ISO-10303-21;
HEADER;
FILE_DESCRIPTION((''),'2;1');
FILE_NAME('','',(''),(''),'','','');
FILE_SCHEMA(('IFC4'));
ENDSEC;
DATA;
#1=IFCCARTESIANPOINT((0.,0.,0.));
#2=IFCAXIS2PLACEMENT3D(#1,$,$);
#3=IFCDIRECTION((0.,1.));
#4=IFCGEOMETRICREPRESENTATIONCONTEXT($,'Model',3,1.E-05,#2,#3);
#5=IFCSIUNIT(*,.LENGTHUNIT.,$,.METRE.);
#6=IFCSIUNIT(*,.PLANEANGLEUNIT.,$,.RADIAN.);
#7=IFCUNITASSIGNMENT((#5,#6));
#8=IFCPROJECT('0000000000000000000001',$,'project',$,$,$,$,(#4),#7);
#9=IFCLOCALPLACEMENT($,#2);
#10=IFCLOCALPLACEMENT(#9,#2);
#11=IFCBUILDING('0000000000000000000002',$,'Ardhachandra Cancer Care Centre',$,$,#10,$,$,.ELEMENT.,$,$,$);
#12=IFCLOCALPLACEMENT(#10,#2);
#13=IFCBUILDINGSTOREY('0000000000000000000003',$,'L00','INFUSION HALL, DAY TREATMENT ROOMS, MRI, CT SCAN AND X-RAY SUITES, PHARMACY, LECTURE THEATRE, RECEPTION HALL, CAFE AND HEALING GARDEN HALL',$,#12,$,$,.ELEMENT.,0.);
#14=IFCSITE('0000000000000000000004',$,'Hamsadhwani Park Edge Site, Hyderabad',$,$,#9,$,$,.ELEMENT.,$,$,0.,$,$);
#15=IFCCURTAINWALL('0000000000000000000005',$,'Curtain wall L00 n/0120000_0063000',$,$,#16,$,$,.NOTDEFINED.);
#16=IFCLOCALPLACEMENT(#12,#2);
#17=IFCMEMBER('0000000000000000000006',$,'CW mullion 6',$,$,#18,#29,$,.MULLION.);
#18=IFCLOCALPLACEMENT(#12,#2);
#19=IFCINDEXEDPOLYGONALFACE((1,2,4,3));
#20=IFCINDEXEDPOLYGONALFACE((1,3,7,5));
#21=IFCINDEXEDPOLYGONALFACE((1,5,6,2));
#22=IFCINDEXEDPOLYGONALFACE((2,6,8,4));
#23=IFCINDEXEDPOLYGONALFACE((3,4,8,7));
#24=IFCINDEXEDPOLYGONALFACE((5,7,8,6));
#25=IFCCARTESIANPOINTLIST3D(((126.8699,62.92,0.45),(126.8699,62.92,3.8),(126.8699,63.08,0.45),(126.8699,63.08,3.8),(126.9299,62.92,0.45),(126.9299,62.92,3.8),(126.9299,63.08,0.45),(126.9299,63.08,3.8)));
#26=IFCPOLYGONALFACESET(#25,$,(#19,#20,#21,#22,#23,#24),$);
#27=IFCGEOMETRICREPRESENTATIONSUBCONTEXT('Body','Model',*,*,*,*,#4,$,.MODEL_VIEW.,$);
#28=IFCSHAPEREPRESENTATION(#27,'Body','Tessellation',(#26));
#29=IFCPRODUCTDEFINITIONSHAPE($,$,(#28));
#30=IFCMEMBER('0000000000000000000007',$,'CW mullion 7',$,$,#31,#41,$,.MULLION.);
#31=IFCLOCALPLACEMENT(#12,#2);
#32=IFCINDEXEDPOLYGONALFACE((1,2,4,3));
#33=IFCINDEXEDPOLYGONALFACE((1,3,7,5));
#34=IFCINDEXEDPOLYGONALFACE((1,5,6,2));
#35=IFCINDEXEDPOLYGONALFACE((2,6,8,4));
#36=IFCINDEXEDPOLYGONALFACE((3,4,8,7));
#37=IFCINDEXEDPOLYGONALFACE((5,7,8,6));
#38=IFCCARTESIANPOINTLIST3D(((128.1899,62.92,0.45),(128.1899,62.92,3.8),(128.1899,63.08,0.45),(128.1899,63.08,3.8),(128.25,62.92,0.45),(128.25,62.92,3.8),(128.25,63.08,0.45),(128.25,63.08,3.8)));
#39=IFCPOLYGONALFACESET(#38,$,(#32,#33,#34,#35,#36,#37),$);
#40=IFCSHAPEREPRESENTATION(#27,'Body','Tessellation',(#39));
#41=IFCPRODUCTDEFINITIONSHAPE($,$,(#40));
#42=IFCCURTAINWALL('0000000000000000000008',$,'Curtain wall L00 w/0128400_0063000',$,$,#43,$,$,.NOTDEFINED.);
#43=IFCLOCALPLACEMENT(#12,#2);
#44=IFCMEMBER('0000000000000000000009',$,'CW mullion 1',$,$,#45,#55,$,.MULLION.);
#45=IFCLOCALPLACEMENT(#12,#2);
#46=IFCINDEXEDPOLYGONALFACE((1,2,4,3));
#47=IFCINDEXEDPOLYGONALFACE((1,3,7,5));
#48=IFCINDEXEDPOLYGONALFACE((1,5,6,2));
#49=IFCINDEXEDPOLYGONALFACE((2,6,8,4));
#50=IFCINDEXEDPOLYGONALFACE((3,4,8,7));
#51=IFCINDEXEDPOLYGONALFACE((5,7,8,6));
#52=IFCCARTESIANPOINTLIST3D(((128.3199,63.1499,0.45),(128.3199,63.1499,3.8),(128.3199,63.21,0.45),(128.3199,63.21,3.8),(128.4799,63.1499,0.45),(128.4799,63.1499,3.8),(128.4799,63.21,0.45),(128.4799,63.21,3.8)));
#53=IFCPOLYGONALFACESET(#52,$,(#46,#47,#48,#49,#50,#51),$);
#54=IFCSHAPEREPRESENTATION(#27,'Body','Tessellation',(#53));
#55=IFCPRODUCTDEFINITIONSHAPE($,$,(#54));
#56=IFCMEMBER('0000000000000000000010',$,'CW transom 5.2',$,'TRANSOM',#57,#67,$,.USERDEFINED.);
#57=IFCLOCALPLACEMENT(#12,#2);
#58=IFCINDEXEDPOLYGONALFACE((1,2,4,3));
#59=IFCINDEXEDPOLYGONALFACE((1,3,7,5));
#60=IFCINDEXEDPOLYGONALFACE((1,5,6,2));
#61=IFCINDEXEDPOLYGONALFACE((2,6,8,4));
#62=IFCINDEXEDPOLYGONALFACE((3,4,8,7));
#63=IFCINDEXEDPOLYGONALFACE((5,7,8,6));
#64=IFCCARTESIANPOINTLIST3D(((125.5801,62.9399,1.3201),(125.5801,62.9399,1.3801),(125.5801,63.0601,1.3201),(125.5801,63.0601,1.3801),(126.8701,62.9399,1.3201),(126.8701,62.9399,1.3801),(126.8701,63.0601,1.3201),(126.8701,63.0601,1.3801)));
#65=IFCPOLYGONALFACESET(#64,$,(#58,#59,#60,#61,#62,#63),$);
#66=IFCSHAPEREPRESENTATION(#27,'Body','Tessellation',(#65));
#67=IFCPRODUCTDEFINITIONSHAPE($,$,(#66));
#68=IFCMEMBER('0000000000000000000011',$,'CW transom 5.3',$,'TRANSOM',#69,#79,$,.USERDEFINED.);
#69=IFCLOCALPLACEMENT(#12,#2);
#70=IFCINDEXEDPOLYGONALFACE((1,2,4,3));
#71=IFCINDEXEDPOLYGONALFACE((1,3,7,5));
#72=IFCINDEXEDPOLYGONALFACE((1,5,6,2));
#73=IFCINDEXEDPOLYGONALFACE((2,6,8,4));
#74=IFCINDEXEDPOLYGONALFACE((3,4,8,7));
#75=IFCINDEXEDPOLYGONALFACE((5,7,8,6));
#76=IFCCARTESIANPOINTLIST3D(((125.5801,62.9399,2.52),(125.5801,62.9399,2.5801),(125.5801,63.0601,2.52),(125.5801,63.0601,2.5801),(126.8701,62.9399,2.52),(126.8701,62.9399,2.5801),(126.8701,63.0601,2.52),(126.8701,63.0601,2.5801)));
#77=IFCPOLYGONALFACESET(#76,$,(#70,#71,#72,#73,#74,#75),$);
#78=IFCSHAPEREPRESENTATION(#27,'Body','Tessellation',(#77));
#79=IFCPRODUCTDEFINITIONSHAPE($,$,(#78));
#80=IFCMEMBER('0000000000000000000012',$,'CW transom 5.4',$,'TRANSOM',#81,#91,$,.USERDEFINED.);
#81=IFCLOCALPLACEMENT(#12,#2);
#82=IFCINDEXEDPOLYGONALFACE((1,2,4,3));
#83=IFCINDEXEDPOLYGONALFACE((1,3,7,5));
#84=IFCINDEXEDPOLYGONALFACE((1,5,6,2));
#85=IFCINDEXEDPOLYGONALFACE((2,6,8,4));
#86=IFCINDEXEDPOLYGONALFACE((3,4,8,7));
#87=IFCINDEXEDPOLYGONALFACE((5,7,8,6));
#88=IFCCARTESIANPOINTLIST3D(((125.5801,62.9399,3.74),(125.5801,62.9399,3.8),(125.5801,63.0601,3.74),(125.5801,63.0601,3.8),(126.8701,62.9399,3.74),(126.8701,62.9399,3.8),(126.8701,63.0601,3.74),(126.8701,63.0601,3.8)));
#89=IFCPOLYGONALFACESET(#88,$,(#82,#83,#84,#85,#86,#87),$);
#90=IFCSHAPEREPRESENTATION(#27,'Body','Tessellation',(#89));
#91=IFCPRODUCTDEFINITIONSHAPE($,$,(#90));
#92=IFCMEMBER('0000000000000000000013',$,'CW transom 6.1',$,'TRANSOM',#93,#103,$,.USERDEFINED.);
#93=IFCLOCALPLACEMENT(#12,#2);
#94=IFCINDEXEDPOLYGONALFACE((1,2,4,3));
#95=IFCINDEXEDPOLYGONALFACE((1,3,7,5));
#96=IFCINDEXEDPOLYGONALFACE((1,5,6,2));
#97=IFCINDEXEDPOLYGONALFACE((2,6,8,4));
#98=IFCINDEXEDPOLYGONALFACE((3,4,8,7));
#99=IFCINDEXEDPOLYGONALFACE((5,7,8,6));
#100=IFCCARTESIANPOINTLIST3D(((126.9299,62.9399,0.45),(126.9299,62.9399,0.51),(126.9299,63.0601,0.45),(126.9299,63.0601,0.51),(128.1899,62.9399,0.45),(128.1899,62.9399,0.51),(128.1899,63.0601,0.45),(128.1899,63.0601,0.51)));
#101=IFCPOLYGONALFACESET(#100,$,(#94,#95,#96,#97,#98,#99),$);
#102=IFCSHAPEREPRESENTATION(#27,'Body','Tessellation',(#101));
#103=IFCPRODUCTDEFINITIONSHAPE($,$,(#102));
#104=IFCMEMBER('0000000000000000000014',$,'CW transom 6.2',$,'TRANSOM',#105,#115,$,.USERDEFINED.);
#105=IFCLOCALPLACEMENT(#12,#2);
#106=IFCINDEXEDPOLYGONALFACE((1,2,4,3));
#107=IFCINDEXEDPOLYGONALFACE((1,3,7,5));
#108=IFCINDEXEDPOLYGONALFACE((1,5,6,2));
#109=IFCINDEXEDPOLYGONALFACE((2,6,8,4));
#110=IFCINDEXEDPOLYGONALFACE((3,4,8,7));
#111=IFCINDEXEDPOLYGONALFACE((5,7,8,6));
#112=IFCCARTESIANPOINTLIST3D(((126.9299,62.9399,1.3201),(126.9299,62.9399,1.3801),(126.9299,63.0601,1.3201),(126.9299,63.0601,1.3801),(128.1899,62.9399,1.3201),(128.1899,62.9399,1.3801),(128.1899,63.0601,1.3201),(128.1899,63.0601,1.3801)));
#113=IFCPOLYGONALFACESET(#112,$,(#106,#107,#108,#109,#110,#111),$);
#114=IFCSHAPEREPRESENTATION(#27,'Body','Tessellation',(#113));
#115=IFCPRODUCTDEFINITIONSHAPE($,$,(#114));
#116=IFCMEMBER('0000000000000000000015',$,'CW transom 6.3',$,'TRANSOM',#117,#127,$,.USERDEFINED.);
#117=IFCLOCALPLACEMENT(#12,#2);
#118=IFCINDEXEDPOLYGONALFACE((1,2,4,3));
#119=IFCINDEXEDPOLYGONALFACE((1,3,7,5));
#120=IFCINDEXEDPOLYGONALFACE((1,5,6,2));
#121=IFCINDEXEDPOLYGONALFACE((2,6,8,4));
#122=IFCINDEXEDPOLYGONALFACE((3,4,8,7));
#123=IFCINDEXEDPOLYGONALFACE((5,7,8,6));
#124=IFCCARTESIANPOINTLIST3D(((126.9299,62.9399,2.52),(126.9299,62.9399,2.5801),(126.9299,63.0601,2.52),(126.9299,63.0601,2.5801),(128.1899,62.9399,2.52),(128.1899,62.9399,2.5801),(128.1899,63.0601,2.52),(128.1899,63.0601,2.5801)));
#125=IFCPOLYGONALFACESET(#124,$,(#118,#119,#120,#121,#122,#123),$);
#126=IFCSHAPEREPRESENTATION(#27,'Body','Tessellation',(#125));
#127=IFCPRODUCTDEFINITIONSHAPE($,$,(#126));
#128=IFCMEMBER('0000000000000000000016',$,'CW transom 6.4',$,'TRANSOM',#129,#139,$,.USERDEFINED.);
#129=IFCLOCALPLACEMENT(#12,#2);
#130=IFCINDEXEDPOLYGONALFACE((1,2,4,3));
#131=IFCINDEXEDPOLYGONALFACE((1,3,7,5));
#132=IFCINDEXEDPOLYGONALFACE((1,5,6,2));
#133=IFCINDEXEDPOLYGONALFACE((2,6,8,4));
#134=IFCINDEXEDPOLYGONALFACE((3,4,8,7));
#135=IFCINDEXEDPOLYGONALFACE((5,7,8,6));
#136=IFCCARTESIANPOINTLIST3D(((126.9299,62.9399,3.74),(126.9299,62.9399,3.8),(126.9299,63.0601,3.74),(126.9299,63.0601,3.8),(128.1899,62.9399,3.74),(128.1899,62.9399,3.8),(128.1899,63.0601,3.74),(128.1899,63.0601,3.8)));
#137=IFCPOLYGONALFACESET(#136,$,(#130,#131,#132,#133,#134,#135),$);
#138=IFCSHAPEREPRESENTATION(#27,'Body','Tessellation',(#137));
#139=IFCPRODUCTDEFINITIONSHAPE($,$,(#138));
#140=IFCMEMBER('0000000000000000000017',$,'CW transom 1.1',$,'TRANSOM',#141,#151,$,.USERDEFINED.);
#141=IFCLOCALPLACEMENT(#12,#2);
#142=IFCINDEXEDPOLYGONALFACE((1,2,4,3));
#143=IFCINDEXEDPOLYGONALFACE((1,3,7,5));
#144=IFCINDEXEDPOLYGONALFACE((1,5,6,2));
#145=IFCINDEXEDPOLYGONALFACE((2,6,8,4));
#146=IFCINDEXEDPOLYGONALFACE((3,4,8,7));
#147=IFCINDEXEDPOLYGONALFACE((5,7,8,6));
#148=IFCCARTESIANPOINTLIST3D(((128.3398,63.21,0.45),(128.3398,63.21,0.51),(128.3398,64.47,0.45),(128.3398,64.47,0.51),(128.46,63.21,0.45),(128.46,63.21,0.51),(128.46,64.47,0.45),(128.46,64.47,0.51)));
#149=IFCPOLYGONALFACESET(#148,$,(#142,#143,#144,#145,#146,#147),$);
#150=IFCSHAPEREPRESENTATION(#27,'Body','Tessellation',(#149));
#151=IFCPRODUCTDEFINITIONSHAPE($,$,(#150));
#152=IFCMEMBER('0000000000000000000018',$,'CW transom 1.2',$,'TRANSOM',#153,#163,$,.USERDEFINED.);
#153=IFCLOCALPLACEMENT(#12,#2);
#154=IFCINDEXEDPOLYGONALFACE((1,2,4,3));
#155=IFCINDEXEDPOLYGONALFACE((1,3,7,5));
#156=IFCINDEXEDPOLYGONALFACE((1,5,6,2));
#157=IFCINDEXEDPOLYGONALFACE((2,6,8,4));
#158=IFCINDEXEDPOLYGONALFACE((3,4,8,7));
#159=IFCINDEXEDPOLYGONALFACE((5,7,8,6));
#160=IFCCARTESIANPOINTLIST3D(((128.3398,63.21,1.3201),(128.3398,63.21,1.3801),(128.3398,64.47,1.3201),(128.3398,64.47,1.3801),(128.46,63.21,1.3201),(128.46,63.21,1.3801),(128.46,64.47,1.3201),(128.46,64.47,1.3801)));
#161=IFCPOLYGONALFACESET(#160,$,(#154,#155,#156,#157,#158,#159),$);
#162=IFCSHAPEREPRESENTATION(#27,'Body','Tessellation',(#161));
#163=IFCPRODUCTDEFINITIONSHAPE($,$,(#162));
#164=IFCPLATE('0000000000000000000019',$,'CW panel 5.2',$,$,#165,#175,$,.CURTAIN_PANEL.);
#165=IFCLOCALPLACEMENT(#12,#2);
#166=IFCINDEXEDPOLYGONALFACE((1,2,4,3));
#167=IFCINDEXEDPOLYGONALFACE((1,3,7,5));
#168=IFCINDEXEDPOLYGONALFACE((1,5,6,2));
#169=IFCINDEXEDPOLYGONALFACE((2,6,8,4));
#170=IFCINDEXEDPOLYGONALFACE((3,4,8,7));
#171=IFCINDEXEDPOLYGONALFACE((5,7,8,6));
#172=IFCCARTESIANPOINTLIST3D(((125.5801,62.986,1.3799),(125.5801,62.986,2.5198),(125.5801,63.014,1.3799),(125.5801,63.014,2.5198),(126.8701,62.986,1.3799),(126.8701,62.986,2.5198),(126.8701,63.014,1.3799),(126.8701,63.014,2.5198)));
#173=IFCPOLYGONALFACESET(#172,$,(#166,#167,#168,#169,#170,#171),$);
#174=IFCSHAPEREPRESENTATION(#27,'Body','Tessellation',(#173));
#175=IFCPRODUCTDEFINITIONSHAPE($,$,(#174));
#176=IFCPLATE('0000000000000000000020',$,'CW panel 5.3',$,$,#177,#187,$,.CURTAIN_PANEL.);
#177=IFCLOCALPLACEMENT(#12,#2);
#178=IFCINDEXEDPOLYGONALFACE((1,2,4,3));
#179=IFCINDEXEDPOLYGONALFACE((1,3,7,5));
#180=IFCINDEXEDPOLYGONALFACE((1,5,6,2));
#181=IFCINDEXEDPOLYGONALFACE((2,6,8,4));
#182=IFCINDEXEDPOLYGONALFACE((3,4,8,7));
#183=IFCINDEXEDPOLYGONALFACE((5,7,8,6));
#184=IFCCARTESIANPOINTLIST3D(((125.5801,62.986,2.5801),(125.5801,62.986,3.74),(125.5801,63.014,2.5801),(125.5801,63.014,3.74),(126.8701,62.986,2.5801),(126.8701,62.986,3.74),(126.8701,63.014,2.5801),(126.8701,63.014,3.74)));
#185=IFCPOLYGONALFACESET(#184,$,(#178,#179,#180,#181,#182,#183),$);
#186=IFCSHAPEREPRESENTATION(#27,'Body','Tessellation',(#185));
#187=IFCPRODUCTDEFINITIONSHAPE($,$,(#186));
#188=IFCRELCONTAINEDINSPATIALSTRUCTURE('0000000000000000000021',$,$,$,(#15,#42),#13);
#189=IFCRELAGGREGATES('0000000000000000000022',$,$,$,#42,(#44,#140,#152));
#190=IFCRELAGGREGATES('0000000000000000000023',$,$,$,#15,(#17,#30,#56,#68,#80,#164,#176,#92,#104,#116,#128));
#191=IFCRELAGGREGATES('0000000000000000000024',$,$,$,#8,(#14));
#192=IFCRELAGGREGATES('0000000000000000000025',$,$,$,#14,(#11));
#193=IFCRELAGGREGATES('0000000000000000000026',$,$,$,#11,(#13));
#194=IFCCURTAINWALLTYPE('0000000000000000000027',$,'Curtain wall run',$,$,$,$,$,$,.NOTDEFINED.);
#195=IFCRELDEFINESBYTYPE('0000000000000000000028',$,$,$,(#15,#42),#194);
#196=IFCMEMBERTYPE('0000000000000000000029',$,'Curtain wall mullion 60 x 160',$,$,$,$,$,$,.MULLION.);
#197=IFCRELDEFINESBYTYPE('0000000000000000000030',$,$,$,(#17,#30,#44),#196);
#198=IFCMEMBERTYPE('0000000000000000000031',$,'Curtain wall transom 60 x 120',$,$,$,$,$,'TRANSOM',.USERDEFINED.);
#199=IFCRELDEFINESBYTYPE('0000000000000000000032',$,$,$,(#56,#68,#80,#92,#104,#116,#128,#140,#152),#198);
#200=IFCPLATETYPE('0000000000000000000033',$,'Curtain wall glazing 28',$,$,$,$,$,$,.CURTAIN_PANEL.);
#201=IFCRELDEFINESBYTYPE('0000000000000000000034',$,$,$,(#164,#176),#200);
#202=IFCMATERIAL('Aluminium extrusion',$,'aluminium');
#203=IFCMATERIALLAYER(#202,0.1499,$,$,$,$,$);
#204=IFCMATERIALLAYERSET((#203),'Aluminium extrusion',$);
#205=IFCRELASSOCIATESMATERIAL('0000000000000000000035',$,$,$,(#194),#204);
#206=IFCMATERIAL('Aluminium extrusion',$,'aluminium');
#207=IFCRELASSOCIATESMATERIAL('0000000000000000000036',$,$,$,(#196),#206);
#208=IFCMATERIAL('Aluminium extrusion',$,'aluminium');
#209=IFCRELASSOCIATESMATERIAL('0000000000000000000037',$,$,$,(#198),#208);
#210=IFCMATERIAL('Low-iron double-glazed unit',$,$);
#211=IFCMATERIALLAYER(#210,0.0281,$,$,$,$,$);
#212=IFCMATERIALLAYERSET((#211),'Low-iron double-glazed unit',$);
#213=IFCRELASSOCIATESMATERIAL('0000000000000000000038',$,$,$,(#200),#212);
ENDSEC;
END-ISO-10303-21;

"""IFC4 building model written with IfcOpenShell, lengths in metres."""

from ifc_helpers import new_model, si_unit, direction, frame, origin, origin_2d, place, context, subcontext, project, spatial, rectangle, extrude, material, layer, layer_set, material_profile, profile_set, type_object, element, aggregate, save


model = new_model("IFC4")

# Units and contexts
model_context = context("Model", 3, precision=1e-05, world=origin(), true_north=direction((0.0, 1.0)))
body_context = subcontext(model_context, "Body", "Model", "MODEL_VIEW")
ifc_project = project(units=[si_unit("LENGTHUNIT", "METRE"), si_unit("PLANEANGLEUNIT", "RADIAN")], contexts=[model_context])

# Site, building, storey
site_placement = place(None, origin())
site = spatial("IfcSite", under=ifc_project, at=site_placement, Name="Hamsadhwani Park Edge Site, Hyderabad", CompositionType="ELEMENT", RefElevation=0.0)
building_placement = place(site_placement, origin())
building = spatial("IfcBuilding", under=site, at=building_placement, Name="Ardhachandra Cancer Care Centre", CompositionType="ELEMENT")
storey_placement = place(building_placement, origin())
storey = spatial("IfcBuildingStorey", under=building, at=storey_placement, Name="L00", Description="INFUSION HALL, DAY TREATMENT ROOMS, MRI, CT SCAN AND X-RAY SUITES, PHARMACY, LECTURE THEATRE, RECEPTION HALL, CAFE AND HEALING GARDEN HALL", CompositionType="ELEMENT", Elevation=0.0)

# Curtain wall, members
ifc_material_1 = material(Name="Aluminium extrusion", Category="aluminium")
ifc_layer_1 = layer(ifc_material_1, 0.1499)
ifc_layer_set_1 = layer_set([ifc_layer_1], Name="Aluminium extrusion")
curtain_wall_type = type_object("IfcCurtainWallType", Name="Curtain wall run", PredefinedType="NOTDEFINED", material=ifc_layer_set_1)
curtain_wall_1_placement = place(storey_placement, origin())
curtain_wall_1 = element("IfcCurtainWall", 1, at=curtain_wall_1_placement, inside=storey, type_object=curtain_wall_type, Name="Curtain wall L00 n/0120000_0063000", PredefinedType="NOTDEFINED")
ifc_material_2 = material(Name="Aluminium extrusion", Category="aluminium")
ifc_material_profile_1 = material_profile(ifc_material_2, rectangle(XDim=0.1599, YDim=0.0601, at=origin_2d()), Name="Curtain wall mullion 60 x 160")
ifc_profile_set_1 = profile_set([ifc_material_profile_1], Name="Aluminium extrusion")
member_type_1 = type_object("IfcMemberType", Name="Curtain wall mullion 60 x 160", PredefinedType="MULLION", material=ifc_profile_set_1)
member_1_placement = place(storey_placement, frame((126.8999, 63.0, 0.45), z_axis=(0.0, 0.0, 1.0), x_axis=(0.0, 1.0, 0.0)))
member_1 = element("IfcMember", 2, at=member_1_placement, type_object=member_type_1, Name="CW mullion 6", PredefinedType="MULLION", context=body_context, shape_type="SweptSolid", body=[
    extrude(rectangle(XDim=0.1599, YDim=0.0601, at=origin_2d()), origin(), (0.0, 0.0, 1.0), 3.3501),
])
member_2_placement = place(storey_placement, frame((128.22, 63.0, 0.45), z_axis=(0.0, 0.0, 1.0), x_axis=(0.0, 1.0, 0.0)))
member_2 = element("IfcMember", 3, at=member_2_placement, type_object=member_type_1, Name="CW mullion 7", PredefinedType="MULLION", context=body_context, shape_type="SweptSolid", body=[
    extrude(rectangle(XDim=0.1599, YDim=0.0601, at=origin_2d()), origin(), (0.0, 0.0, 1.0), 3.3501),
])

# Curtain wall, member
curtain_wall_2_placement = place(storey_placement, origin())
curtain_wall_2 = element("IfcCurtainWall", 4, at=curtain_wall_2_placement, inside=storey, type_object=curtain_wall_type, Name="Curtain wall L00 w/0128400_0063000", PredefinedType="NOTDEFINED")
member_3_placement = place(storey_placement, frame((128.3999, 63.1799, 0.45), z_axis=(0.0, 0.0, 1.0), x_axis=(-1.0, 0.0, 0.0)))
member_3 = element("IfcMember", 5, at=member_3_placement, type_object=member_type_1, Name="CW mullion 1", PredefinedType="MULLION", context=body_context, shape_type="SweptSolid", body=[
    extrude(rectangle(XDim=0.1599, YDim=0.0601, at=origin_2d()), origin(), (0.0, 0.0, 1.0), 3.3501),
])

# Members
ifc_material_3 = material(Name="Aluminium extrusion", Category="aluminium")
ifc_material_profile_2 = material_profile(ifc_material_3, rectangle(XDim=0.1201, YDim=0.0601, at=origin_2d()), Name="Curtain wall transom 60 x 120")
ifc_profile_set_2 = profile_set([ifc_material_profile_2], Name="Aluminium extrusion")
member_type_2 = type_object("IfcMemberType", Name="Curtain wall transom 60 x 120", ElementType="TRANSOM", PredefinedType="USERDEFINED", material=ifc_profile_set_2)
member_4_placement = place(storey_placement, frame((125.5801, 63.0, 1.3501), z_axis=(1.0, 0.0, 0.0), x_axis=(0.0, 1.0, 0.0)))
member_4 = element("IfcMember", 6, at=member_4_placement, type_object=member_type_2, Name="CW transom 5.2", ObjectType="TRANSOM", PredefinedType="USERDEFINED", context=body_context, shape_type="SweptSolid", body=[
    extrude(rectangle(XDim=0.1201, YDim=0.0601, at=origin_2d()), origin(), (0.0, 0.0, 1.0), 1.29),
])
member_5_placement = place(storey_placement, frame((125.5801, 63.0, 2.55), z_axis=(1.0, 0.0, 0.0), x_axis=(0.0, 1.0, 0.0)))
member_5 = element("IfcMember", 7, at=member_5_placement, type_object=member_type_2, Name="CW transom 5.3", ObjectType="TRANSOM", PredefinedType="USERDEFINED", context=body_context, shape_type="SweptSolid", body=[
    extrude(rectangle(XDim=0.1201, YDim=0.0601, at=origin_2d()), origin(), (0.0, 0.0, 1.0), 1.29),
])
member_6_placement = place(storey_placement, frame((125.5801, 63.0, 3.77), z_axis=(1.0, 0.0, 0.0), x_axis=(0.0, 1.0, 0.0)))
member_6 = element("IfcMember", 8, at=member_6_placement, type_object=member_type_2, Name="CW transom 5.4", ObjectType="TRANSOM", PredefinedType="USERDEFINED", context=body_context, shape_type="SweptSolid", body=[
    extrude(rectangle(XDim=0.1201, YDim=0.0601, at=origin_2d()), origin(), (0.0, 0.0, 1.0), 1.29),
])
member_7_placement = place(storey_placement, frame((126.9299, 63.0, 0.48), z_axis=(1.0, 0.0, 0.0), x_axis=(0.0, 1.0, 0.0)))
member_7 = element("IfcMember", 9, at=member_7_placement, type_object=member_type_2, Name="CW transom 6.1", ObjectType="TRANSOM", PredefinedType="USERDEFINED", context=body_context, shape_type="SweptSolid", body=[
    extrude(rectangle(XDim=0.1201, YDim=0.0601, at=origin_2d()), origin(), (0.0, 0.0, 1.0), 1.26),
])
member_8_placement = place(storey_placement, frame((126.9299, 63.0, 1.3501), z_axis=(1.0, 0.0, 0.0), x_axis=(0.0, 1.0, 0.0)))
member_8 = element("IfcMember", 10, at=member_8_placement, type_object=member_type_2, Name="CW transom 6.2", ObjectType="TRANSOM", PredefinedType="USERDEFINED", context=body_context, shape_type="SweptSolid", body=[
    extrude(rectangle(XDim=0.1201, YDim=0.0601, at=origin_2d()), origin(), (0.0, 0.0, 1.0), 1.26),
])
member_9_placement = place(storey_placement, frame((126.9299, 63.0, 2.55), z_axis=(1.0, 0.0, 0.0), x_axis=(0.0, 1.0, 0.0)))
member_9 = element("IfcMember", 11, at=member_9_placement, type_object=member_type_2, Name="CW transom 6.3", ObjectType="TRANSOM", PredefinedType="USERDEFINED", context=body_context, shape_type="SweptSolid", body=[
    extrude(rectangle(XDim=0.1201, YDim=0.0601, at=origin_2d()), origin(), (0.0, 0.0, 1.0), 1.26),
])
member_10_placement = place(storey_placement, frame((126.9299, 63.0, 3.77), z_axis=(1.0, 0.0, 0.0), x_axis=(0.0, 1.0, 0.0)))
member_10 = element("IfcMember", 12, at=member_10_placement, type_object=member_type_2, Name="CW transom 6.4", ObjectType="TRANSOM", PredefinedType="USERDEFINED", context=body_context, shape_type="SweptSolid", body=[
    extrude(rectangle(XDim=0.1201, YDim=0.0601, at=origin_2d()), origin(), (0.0, 0.0, 1.0), 1.26),
])
member_11_placement = place(storey_placement, frame((128.3999, 63.21, 0.48), z_axis=(0.0, 1.0, 0.0), x_axis=(-1.0, 0.0, 0.0)))
member_11 = element("IfcMember", 13, at=member_11_placement, type_object=member_type_2, Name="CW transom 1.1", ObjectType="TRANSOM", PredefinedType="USERDEFINED", context=body_context, shape_type="SweptSolid", body=[
    extrude(rectangle(XDim=0.1201, YDim=0.0601, at=origin_2d()), origin(), (0.0, 0.0, 1.0), 1.26),
])
member_12_placement = place(storey_placement, frame((128.3999, 63.21, 1.3501), z_axis=(0.0, 1.0, 0.0), x_axis=(-1.0, 0.0, 0.0)))
member_12 = element("IfcMember", 14, at=member_12_placement, type_object=member_type_2, Name="CW transom 1.2", ObjectType="TRANSOM", PredefinedType="USERDEFINED", context=body_context, shape_type="SweptSolid", body=[
    extrude(rectangle(XDim=0.1201, YDim=0.0601, at=origin_2d()), origin(), (0.0, 0.0, 1.0), 1.26),
])
aggregate(curtain_wall_2, [member_3, member_11, member_12])

# Plates
ifc_material_4 = material(Name="Low-iron double-glazed unit")
ifc_layer_2 = layer(ifc_material_4, 0.0281)
ifc_layer_set_2 = layer_set([ifc_layer_2], Name="Low-iron double-glazed unit")
plate_type_1 = type_object("IfcPlateType", Name="Curtain wall glazing 28", PredefinedType="CURTAIN_PANEL", material=ifc_layer_set_2)
plate_1_placement = place(storey_placement, frame((126.2251, 63.0, 1.3799), z_axis=(0.0, 0.0, 1.0), x_axis=(1.0, 0.0, 0.0)))
plate_1 = element("IfcPlate", 15, at=plate_1_placement, type_object=plate_type_1, Name="CW panel 5.2", PredefinedType="CURTAIN_PANEL", context=body_context, shape_type="SweptSolid", body=[
    extrude(rectangle(XDim=1.29, YDim=0.0281, at=origin_2d()), origin(), (0.0, 0.0, 1.0), 1.1399),
])
plate_2_placement = place(storey_placement, frame((126.2251, 63.0, 2.5801), z_axis=(0.0, 0.0, 1.0), x_axis=(1.0, 0.0, 0.0)))
plate_2 = element("IfcPlate", 16, at=plate_2_placement, type_object=plate_type_1, Name="CW panel 5.3", PredefinedType="CURTAIN_PANEL", context=body_context, shape_type="SweptSolid", body=[
    extrude(rectangle(XDim=1.29, YDim=0.0281, at=origin_2d()), origin(), (0.0, 0.0, 1.0), 1.1599),
])
aggregate(curtain_wall_1, [member_1, member_2, member_4, member_5, member_6, plate_1, plate_2, member_7, member_8, member_9, member_10])

save(model, "model.ifc")
